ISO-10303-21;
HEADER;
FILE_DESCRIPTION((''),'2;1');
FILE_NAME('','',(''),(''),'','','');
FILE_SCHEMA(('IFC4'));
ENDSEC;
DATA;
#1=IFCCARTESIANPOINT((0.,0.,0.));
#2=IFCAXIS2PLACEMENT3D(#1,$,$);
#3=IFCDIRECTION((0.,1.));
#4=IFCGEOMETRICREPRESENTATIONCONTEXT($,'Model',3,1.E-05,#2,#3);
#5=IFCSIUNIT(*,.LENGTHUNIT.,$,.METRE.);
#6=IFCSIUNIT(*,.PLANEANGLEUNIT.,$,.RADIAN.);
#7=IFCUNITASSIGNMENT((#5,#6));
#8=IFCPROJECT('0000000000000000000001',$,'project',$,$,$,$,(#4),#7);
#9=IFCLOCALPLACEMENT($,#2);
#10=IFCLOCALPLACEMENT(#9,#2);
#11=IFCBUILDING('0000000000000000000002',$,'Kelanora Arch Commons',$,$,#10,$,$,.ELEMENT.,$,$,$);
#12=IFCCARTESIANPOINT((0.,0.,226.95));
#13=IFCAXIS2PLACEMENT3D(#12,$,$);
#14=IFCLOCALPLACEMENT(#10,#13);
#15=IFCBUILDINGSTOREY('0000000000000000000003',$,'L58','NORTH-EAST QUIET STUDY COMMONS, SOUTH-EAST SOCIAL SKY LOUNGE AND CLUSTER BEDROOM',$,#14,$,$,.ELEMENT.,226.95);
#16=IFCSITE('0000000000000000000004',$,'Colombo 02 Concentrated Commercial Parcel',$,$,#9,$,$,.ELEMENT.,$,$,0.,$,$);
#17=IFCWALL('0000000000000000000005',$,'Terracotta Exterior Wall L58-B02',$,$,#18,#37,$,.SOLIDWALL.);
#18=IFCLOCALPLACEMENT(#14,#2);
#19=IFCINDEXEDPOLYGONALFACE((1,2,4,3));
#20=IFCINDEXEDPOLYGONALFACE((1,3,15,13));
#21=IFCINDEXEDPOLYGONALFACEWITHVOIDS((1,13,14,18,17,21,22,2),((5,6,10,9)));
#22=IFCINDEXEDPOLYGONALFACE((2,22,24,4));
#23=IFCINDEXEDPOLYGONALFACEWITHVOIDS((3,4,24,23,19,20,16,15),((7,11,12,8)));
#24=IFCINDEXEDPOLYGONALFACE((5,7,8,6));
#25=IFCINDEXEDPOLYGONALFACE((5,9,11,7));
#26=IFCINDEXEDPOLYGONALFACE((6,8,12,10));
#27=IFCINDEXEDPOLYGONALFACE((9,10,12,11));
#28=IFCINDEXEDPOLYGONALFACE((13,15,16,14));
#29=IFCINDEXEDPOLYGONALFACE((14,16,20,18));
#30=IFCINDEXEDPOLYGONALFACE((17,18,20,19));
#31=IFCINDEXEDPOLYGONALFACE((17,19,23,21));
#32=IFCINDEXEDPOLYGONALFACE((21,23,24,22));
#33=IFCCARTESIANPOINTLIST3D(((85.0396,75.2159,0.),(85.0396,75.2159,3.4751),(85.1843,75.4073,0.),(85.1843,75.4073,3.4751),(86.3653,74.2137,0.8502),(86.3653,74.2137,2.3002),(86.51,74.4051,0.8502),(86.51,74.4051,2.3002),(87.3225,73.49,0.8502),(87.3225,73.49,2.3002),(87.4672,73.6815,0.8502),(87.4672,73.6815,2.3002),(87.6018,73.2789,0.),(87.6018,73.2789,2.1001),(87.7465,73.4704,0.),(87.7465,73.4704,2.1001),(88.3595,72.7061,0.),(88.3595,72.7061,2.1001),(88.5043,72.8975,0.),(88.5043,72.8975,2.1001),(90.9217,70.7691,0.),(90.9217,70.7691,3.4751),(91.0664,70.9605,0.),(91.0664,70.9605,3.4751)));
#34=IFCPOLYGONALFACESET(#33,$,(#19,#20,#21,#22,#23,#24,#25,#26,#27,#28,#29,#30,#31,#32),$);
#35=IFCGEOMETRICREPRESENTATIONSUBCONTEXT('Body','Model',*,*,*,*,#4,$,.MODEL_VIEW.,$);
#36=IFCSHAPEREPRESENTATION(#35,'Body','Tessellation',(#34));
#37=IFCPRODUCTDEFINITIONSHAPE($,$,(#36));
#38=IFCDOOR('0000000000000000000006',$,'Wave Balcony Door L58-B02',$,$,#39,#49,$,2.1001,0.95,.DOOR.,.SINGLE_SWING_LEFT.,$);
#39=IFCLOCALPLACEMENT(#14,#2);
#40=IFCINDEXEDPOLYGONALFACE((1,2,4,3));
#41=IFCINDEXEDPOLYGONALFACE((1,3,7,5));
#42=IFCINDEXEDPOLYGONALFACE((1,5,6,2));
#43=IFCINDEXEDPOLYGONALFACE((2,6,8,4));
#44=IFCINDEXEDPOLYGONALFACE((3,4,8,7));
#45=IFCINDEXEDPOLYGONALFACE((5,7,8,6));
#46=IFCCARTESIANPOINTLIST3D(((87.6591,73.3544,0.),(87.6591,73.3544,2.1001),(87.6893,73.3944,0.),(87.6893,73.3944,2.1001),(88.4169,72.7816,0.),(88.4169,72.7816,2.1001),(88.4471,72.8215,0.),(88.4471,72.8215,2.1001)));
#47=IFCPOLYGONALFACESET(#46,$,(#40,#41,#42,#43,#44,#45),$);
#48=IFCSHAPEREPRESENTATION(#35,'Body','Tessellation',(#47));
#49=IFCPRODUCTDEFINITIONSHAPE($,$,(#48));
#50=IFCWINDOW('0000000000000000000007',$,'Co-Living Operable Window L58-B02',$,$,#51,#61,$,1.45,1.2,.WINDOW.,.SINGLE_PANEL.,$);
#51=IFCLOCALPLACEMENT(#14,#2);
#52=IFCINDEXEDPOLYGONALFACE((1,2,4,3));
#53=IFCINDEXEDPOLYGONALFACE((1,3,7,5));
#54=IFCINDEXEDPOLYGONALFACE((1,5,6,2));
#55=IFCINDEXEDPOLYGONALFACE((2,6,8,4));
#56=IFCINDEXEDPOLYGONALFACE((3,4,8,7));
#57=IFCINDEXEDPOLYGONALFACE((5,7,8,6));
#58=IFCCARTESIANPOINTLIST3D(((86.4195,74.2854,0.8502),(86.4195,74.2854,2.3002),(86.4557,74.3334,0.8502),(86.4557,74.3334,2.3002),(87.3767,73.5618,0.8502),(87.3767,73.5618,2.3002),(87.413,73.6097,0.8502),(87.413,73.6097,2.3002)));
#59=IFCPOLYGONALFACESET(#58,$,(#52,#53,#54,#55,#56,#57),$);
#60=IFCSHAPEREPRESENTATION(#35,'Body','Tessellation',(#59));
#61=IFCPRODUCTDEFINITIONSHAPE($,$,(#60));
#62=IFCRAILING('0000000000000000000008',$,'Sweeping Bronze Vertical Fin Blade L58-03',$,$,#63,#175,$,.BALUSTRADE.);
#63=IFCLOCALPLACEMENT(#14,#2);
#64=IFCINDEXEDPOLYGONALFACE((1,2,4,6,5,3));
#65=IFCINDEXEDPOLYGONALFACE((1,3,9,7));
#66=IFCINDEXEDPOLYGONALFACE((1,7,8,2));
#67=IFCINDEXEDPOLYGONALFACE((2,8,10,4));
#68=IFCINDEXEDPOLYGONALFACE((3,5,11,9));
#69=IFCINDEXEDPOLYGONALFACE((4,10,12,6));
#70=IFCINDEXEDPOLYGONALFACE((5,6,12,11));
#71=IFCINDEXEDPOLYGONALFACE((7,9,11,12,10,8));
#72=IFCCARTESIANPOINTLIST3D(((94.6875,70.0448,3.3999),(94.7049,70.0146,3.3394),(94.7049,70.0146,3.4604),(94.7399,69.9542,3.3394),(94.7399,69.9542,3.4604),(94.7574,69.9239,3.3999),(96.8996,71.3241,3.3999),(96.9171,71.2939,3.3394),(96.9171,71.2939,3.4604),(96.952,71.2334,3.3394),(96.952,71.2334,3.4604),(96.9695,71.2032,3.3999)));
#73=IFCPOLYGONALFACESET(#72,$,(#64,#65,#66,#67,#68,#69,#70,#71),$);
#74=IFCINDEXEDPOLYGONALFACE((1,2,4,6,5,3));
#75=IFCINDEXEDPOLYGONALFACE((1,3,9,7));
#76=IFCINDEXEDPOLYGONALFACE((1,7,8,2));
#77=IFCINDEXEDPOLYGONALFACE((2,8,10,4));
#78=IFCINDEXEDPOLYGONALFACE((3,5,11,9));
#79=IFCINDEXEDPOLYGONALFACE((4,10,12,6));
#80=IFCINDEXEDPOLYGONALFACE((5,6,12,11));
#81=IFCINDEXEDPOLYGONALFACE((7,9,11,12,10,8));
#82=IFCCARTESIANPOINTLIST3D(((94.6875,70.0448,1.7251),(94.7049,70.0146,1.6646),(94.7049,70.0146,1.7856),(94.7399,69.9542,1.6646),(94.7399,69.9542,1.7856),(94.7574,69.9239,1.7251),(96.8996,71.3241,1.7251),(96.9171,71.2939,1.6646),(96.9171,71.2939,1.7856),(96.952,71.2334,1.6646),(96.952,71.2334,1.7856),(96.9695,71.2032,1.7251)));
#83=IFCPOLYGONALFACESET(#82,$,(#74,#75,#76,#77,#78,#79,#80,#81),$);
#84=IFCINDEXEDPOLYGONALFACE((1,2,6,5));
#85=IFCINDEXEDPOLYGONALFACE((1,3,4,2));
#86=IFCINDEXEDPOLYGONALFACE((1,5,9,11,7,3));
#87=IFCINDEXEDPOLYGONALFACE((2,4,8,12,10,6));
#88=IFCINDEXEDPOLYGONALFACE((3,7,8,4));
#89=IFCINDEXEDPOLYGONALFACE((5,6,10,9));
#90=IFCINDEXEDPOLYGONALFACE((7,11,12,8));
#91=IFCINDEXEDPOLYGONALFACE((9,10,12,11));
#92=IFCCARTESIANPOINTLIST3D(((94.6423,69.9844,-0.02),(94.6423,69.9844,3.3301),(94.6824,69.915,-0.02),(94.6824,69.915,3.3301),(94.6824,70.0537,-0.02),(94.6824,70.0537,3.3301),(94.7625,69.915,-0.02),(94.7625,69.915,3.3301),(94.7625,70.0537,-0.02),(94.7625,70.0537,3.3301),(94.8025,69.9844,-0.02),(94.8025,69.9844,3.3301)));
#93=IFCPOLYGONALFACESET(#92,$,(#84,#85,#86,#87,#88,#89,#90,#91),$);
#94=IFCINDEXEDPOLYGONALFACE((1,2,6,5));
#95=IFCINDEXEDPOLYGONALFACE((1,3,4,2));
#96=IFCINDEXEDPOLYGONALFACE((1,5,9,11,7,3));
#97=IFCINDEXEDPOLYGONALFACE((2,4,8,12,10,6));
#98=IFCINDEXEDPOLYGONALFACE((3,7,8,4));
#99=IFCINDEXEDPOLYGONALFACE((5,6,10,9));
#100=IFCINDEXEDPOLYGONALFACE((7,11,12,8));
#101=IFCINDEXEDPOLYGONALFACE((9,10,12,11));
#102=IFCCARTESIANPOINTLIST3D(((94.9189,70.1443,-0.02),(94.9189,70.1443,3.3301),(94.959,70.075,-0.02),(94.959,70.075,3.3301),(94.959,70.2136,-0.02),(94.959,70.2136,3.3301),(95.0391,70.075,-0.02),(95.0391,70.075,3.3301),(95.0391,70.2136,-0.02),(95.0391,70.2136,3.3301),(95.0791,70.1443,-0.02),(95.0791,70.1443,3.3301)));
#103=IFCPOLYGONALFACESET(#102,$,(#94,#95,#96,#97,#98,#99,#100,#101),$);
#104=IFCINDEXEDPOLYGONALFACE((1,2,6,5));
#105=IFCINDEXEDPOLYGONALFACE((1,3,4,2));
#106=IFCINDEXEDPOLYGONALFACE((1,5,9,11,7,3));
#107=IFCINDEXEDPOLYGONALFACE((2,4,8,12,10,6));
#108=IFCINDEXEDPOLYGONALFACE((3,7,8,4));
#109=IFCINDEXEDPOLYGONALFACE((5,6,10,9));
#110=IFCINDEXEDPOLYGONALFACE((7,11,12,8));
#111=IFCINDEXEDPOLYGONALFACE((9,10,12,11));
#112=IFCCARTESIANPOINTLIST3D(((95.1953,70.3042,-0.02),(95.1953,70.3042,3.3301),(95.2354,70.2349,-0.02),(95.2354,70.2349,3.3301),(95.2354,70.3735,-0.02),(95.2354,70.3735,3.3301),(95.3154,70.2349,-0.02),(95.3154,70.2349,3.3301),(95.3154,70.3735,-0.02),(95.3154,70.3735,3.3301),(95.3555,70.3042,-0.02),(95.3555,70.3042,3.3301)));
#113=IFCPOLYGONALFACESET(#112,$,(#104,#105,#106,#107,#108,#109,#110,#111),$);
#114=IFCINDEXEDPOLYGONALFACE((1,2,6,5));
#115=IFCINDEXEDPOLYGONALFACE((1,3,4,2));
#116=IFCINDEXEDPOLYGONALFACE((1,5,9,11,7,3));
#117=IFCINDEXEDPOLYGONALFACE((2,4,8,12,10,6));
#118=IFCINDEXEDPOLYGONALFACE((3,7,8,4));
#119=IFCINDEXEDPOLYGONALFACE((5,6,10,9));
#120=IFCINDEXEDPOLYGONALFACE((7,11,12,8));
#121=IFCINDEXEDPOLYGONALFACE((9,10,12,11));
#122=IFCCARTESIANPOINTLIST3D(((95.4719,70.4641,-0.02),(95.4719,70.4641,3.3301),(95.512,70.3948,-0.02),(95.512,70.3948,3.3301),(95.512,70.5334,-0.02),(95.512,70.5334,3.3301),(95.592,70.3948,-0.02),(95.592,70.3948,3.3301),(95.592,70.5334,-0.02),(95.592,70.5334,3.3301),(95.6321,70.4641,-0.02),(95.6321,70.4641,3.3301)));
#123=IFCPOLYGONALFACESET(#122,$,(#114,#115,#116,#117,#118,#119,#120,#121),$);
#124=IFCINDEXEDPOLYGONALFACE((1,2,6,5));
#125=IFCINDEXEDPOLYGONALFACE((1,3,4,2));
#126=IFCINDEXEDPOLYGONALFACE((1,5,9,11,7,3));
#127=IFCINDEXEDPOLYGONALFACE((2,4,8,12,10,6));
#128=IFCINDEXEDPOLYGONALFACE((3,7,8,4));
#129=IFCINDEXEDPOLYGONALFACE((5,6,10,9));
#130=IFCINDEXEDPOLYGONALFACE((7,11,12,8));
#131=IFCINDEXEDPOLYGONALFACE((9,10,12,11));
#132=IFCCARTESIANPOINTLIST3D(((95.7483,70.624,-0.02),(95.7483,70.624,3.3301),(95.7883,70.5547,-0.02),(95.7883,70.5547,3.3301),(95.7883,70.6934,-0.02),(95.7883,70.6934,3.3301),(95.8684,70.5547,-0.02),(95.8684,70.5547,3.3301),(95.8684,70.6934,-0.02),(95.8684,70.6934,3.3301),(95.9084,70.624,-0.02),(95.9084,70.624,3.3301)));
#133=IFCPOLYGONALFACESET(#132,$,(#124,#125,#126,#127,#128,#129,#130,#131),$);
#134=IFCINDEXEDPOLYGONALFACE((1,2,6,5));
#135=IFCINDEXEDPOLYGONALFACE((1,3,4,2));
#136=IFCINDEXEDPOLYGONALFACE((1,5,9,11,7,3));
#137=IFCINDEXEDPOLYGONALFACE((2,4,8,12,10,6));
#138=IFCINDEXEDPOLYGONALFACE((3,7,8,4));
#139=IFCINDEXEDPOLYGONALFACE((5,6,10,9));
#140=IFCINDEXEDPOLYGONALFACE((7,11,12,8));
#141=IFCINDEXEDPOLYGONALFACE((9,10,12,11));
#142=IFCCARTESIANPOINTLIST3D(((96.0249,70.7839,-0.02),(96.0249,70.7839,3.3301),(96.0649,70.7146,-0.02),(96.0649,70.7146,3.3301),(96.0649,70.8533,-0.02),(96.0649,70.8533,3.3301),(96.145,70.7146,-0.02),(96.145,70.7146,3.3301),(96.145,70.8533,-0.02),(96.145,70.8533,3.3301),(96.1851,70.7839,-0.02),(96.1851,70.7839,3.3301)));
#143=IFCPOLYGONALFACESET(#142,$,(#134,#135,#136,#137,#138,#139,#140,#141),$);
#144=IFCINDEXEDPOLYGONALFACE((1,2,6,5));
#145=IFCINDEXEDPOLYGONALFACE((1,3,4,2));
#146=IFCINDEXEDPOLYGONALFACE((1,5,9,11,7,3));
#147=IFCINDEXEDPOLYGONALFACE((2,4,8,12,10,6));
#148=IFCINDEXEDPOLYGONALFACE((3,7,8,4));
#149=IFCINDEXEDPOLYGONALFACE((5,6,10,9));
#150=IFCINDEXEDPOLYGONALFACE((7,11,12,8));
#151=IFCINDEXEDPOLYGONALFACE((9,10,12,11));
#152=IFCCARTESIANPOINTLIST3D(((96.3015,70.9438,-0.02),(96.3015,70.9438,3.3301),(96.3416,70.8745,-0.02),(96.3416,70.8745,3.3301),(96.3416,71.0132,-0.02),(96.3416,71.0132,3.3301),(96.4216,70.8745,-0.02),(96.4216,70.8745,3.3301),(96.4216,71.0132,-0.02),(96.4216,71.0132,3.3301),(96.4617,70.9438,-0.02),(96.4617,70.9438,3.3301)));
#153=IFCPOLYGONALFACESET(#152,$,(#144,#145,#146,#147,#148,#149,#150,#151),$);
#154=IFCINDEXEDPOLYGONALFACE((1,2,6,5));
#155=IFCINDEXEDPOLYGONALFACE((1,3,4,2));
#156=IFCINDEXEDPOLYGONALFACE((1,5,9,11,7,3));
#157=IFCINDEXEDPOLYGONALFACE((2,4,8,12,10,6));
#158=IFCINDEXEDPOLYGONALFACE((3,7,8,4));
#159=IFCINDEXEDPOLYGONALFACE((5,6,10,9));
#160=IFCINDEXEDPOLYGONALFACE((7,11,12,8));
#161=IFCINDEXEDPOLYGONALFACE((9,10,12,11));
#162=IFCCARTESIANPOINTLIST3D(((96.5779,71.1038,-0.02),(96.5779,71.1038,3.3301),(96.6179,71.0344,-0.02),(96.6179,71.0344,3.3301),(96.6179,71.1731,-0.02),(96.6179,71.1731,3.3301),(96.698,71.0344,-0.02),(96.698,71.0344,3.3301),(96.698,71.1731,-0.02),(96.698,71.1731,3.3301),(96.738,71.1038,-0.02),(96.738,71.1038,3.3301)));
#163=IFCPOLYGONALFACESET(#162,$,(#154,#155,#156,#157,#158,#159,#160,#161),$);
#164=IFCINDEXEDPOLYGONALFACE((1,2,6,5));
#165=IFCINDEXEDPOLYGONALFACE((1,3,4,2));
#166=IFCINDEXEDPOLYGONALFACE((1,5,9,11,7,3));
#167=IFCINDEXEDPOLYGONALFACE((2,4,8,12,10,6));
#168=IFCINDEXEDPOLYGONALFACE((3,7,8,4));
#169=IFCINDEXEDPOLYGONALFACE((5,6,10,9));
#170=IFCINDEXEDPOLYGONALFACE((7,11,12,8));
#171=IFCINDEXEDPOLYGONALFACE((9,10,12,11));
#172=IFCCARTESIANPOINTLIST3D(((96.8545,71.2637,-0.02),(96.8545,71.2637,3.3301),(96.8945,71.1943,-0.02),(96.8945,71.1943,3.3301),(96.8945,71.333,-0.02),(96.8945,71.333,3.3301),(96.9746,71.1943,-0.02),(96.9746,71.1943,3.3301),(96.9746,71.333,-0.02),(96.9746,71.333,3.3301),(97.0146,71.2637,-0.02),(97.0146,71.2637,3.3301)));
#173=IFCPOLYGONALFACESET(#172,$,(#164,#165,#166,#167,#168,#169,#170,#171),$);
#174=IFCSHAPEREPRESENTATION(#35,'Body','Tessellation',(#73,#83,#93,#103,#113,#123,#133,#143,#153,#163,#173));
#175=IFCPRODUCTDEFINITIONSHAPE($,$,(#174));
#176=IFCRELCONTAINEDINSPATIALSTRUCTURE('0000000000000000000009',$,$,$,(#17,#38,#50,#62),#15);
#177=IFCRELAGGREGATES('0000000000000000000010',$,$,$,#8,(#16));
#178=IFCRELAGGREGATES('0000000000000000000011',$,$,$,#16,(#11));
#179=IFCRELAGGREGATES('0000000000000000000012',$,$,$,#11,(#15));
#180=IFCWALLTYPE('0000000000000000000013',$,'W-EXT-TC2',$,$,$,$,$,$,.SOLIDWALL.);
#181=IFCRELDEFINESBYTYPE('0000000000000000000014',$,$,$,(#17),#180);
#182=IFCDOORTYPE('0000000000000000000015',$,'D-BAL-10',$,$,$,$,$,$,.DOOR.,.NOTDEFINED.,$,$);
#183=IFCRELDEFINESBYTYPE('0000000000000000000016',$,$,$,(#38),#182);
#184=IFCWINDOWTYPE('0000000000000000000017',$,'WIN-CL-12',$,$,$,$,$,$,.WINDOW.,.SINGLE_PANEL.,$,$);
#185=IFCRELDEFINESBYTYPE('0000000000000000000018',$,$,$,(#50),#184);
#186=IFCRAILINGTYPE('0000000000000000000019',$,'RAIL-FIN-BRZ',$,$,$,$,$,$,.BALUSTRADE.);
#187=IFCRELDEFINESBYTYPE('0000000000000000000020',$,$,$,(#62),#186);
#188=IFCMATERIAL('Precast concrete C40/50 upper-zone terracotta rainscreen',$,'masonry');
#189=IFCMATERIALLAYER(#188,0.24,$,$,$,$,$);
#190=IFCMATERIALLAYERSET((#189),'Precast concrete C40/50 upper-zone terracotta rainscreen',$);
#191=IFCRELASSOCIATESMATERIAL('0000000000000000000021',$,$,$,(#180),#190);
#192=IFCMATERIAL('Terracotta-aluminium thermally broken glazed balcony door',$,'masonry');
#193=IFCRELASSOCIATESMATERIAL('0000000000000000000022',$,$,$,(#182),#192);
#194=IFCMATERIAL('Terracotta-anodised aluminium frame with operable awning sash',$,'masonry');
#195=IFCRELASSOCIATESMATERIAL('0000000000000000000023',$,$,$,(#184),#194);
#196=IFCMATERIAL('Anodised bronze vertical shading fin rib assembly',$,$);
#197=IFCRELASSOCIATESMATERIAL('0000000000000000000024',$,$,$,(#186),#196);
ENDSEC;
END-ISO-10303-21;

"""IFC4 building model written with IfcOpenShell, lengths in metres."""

from ifc_helpers import new_model, si_unit, direction, frame, frame_2d, origin, place, context, subcontext, project, spatial, polyline, rectangle, outline, extrude, material, layer, layer_set, type_object, element, fill, save


model = new_model("IFC4")

# Units and contexts
model_context = context("Model", 3, precision=1e-05, world=origin(), true_north=direction((0.0, 1.0)))
body_context = subcontext(model_context, "Body", "Model", "MODEL_VIEW")
ifc_project = project(units=[si_unit("LENGTHUNIT", "METRE"), si_unit("PLANEANGLEUNIT", "RADIAN")], contexts=[model_context])

# Site, building, storey
site_placement = place(None, origin())
site = spatial("IfcSite", under=ifc_project, at=site_placement, Name="Colombo 02 Concentrated Commercial Parcel", CompositionType="ELEMENT", RefElevation=0.0)
building_placement = place(site_placement, origin())
building = spatial("IfcBuilding", under=site, at=building_placement, Name="Kelanora Arch Commons", CompositionType="ELEMENT")
storey_placement = place(building_placement, frame((0.0, 0.0, 226.95)))
storey = spatial("IfcBuildingStorey", under=building, at=storey_placement, Name="L58", Description="NORTH-EAST QUIET STUDY COMMONS, SOUTH-EAST SOCIAL SKY LOUNGE AND CLUSTER BEDROOM", CompositionType="ELEMENT", Elevation=226.95)

# Wall, openings, door, window
ifc_material_1 = material(Name="Precast concrete C40/50 upper-zone terracotta rainscreen", Category="masonry")
ifc_layer_1 = layer(ifc_material_1, 0.24)
ifc_layer_set_1 = layer_set([ifc_layer_1], Name="Precast concrete C40/50 upper-zone terracotta rainscreen")
wall_type = type_object("IfcWallType", Name="W-EXT-TC2", PredefinedType="SOLIDWALL", material=ifc_layer_set_1)
ifc_material_2 = material(Name="Terracotta-aluminium thermally broken glazed balcony door", Category="masonry")
door_type = type_object("IfcDoorType", Name="D-BAL-10", OperationType="NOTDEFINED", PredefinedType="DOOR", material=ifc_material_2)
ifc_material_3 = material(Name="Terracotta-anodised aluminium frame with operable awning sash", Category="masonry")
window_type = type_object("IfcWindowType", Name="WIN-CL-12", PartitioningType="SINGLE_PANEL", PredefinedType="WINDOW", material=ifc_material_3)
wall_1_placement = place(storey_placement, frame((90.9941, 70.8647, 0.0), z_axis=(0.0, 0.0, 1.0), x_axis=(-0.797702, 0.603052, 0.0)))
wall_1 = element("IfcWall", 1, at=wall_1_placement, inside=storey, type_object=wall_type, Name="Terracotta Exterior Wall L58-B02", PredefinedType="SOLIDWALL", context=body_context, shape_type="SweptSolid", body=[
    extrude(rectangle(XDim=7.3738, YDim=0.24, at=frame_2d((3.687, 0.0))), origin(), (0.0, 0.0, 1.0), 3.4751),
])
opening_1_placement = place(wall_1_placement, frame((3.2119, 0.0, 0.0)))
opening_1 = element("IfcOpeningElement", 2, at=opening_1_placement, cuts=wall_1, PredefinedType="OPENING", context=body_context, shape_type="SweptSolid", body=[
    extrude(rectangle(XDim=0.95, YDim=2.1001, at=frame_2d((0.4751, 1.05))), frame((0.0, 0.1299, 0.0), z_axis=(0.0, -1.0, 0.0), x_axis=(1.0, 0.0, 0.0)), (0.0, 0.0, 1.0), 0.26),
])
opening_2_placement = place(wall_1_placement, frame((4.512, 0.0, 0.8501)))
opening_2 = element("IfcOpeningElement", 3, at=opening_2_placement, cuts=wall_1, PredefinedType="OPENING", context=body_context, shape_type="SweptSolid", body=[
    extrude(rectangle(XDim=1.2, YDim=1.45, at=frame_2d((0.6001, 0.7251))), frame((0.0, 0.1299, 0.0), z_axis=(0.0, -1.0, 0.0), x_axis=(1.0, 0.0, 0.0)), (0.0, 0.0, 1.0), 0.26),
])
door_1_placement = place(opening_1_placement, frame((0.95, 0.0, 0.0), z_axis=(0.0, 0.0, 1.0), x_axis=(-1.0, 0.0, 0.0)))
door_1 = element("IfcDoor", 4, at=door_1_placement, inside=storey, type_object=door_type, Name="Wave Balcony Door L58-B02", OperationType="SINGLE_SWING_LEFT", OverallHeight=2.1001, OverallWidth=0.95, PredefinedType="DOOR", context=body_context, shape_type="SweptSolid", body=[
    extrude(rectangle(XDim=0.95, YDim=2.1001, at=frame_2d((0.4751, 1.05))), frame((0.0, 0.0249, 0.0), z_axis=(0.0, -1.0, 0.0), x_axis=(1.0, 0.0, 0.0)), (0.0, 0.0, 1.0), 0.05),
])
fill(opening_1, door_1)
window_1_placement = place(opening_2_placement, origin())
window_1 = element("IfcWindow", 5, at=window_1_placement, inside=storey, type_object=window_type, Name="Co-Living Operable Window L58-B02", OverallHeight=1.45, OverallWidth=1.2, PartitioningType="SINGLE_PANEL", PredefinedType="WINDOW", context=body_context, shape_type="SweptSolid", body=[
    extrude(rectangle(XDim=1.2, YDim=1.45, at=frame_2d((0.6001, 0.7251))), frame((0.0, 0.03, 0.0), z_axis=(0.0, -1.0, 0.0), x_axis=(1.0, 0.0, 0.0)), (0.0, 0.0, 1.0), 0.0601),
])
fill(opening_2, window_1)

# Railing
ifc_material_4 = material(Name="Anodised bronze vertical shading fin rib assembly")
railing_type = type_object("IfcRailingType", Name="RAIL-FIN-BRZ", PredefinedType="BALUSTRADE", material=ifc_material_4)
railing_1_placement = place(storey_placement, frame((94.7224, 69.9844, -0.02)))
element("IfcRailing", 6, at=railing_1_placement, inside=storey, type_object=railing_type, Name="Sweeping Bronze Vertical Fin Blade L58-03", PredefinedType="BALUSTRADE", context=body_context, shape_type="SweptSolid", body=[
    extrude(outline(polyline([(0.0698, 0.0), (0.0349, 0.0605), (-0.0349, 0.0605), (-0.0698, 0.0), (-0.0349, -0.0605), (0.0349, -0.0605), (0.0698, 0.0)])), frame((0.0, 0.0, 3.4199), z_axis=(0.865668, 0.500618, 0.0), x_axis=(-0.500618, 0.865668, 0.0)), (0.0, 0.0, 1.0), 2.5554),
    extrude(outline(polyline([(0.0698, 0.0), (0.0349, 0.0605), (-0.0349, 0.0605), (-0.0698, 0.0), (-0.0349, -0.0605), (0.0349, -0.0605), (0.0698, 0.0)])), frame((0.0, 0.0, 1.7451), z_axis=(0.865668, 0.500618, 0.0), x_axis=(-0.500618, 0.865668, 0.0)), (0.0, 0.0, 1.0), 2.5554),
    extrude(outline(polyline([(0.0801, 0.0), (0.04, 0.0693), (-0.04, 0.0693), (-0.0801, 0.0), (-0.04, -0.0693), (0.04, -0.0693), (0.0801, 0.0)])), origin(), (0.0, 0.0, 1.0), 3.3501),
    extrude(outline(polyline([(0.0801, 0.0), (0.04, 0.0693), (-0.04, 0.0693), (-0.0801, 0.0), (-0.04, -0.0693), (0.04, -0.0693), (0.0801, 0.0)])), frame((0.2766, 0.1599, 0.0)), (0.0, 0.0, 1.0), 3.3501),
    extrude(outline(polyline([(0.0801, 0.0), (0.04, 0.0693), (-0.04, 0.0693), (-0.0801, 0.0), (-0.04, -0.0693), (0.04, -0.0693), (0.0801, 0.0)])), frame((0.553, 0.3198, 0.0)), (0.0, 0.0, 1.0), 3.3501),
    extrude(outline(polyline([(0.0801, 0.0), (0.04, 0.0693), (-0.04, 0.0693), (-0.0801, 0.0), (-0.04, -0.0693), (0.04, -0.0693), (0.0801, 0.0)])), frame((0.8296, 0.4797, 0.0)), (0.0, 0.0, 1.0), 3.3501),
    extrude(outline(polyline([(0.0801, 0.0), (0.04, 0.0693), (-0.04, 0.0693), (-0.0801, 0.0), (-0.04, -0.0693), (0.04, -0.0693), (0.0801, 0.0)])), frame((1.106, 0.6396, 0.0)), (0.0, 0.0, 1.0), 3.3501),
    extrude(outline(polyline([(0.0801, 0.0), (0.04, 0.0693), (-0.04, 0.0693), (-0.0801, 0.0), (-0.04, -0.0693), (0.04, -0.0693), (0.0801, 0.0)])), frame((1.3826, 0.7996, 0.0)), (0.0, 0.0, 1.0), 3.3501),
    extrude(outline(polyline([(0.0801, 0.0), (0.04, 0.0693), (-0.04, 0.0693), (-0.0801, 0.0), (-0.04, -0.0693), (0.04, -0.0693), (0.0801, 0.0)])), frame((1.6592, 0.9595, 0.0)), (0.0, 0.0, 1.0), 3.3501),
    extrude(outline(polyline([(0.0801, 0.0), (0.04, 0.0693), (-0.04, 0.0693), (-0.0801, 0.0), (-0.04, -0.0693), (0.04, -0.0693), (0.0801, 0.0)])), frame((1.9355, 1.1194, 0.0)), (0.0, 0.0, 1.0), 3.3501),
    extrude(outline(polyline([(0.0801, 0.0), (0.04, 0.0693), (-0.04, 0.0693), (-0.0801, 0.0), (-0.04, -0.0693), (0.04, -0.0693), (0.0801, 0.0)])), frame((2.2122, 1.2793, 0.0)), (0.0, 0.0, 1.0), 3.3501),
])

save(model, "model.ifc")
